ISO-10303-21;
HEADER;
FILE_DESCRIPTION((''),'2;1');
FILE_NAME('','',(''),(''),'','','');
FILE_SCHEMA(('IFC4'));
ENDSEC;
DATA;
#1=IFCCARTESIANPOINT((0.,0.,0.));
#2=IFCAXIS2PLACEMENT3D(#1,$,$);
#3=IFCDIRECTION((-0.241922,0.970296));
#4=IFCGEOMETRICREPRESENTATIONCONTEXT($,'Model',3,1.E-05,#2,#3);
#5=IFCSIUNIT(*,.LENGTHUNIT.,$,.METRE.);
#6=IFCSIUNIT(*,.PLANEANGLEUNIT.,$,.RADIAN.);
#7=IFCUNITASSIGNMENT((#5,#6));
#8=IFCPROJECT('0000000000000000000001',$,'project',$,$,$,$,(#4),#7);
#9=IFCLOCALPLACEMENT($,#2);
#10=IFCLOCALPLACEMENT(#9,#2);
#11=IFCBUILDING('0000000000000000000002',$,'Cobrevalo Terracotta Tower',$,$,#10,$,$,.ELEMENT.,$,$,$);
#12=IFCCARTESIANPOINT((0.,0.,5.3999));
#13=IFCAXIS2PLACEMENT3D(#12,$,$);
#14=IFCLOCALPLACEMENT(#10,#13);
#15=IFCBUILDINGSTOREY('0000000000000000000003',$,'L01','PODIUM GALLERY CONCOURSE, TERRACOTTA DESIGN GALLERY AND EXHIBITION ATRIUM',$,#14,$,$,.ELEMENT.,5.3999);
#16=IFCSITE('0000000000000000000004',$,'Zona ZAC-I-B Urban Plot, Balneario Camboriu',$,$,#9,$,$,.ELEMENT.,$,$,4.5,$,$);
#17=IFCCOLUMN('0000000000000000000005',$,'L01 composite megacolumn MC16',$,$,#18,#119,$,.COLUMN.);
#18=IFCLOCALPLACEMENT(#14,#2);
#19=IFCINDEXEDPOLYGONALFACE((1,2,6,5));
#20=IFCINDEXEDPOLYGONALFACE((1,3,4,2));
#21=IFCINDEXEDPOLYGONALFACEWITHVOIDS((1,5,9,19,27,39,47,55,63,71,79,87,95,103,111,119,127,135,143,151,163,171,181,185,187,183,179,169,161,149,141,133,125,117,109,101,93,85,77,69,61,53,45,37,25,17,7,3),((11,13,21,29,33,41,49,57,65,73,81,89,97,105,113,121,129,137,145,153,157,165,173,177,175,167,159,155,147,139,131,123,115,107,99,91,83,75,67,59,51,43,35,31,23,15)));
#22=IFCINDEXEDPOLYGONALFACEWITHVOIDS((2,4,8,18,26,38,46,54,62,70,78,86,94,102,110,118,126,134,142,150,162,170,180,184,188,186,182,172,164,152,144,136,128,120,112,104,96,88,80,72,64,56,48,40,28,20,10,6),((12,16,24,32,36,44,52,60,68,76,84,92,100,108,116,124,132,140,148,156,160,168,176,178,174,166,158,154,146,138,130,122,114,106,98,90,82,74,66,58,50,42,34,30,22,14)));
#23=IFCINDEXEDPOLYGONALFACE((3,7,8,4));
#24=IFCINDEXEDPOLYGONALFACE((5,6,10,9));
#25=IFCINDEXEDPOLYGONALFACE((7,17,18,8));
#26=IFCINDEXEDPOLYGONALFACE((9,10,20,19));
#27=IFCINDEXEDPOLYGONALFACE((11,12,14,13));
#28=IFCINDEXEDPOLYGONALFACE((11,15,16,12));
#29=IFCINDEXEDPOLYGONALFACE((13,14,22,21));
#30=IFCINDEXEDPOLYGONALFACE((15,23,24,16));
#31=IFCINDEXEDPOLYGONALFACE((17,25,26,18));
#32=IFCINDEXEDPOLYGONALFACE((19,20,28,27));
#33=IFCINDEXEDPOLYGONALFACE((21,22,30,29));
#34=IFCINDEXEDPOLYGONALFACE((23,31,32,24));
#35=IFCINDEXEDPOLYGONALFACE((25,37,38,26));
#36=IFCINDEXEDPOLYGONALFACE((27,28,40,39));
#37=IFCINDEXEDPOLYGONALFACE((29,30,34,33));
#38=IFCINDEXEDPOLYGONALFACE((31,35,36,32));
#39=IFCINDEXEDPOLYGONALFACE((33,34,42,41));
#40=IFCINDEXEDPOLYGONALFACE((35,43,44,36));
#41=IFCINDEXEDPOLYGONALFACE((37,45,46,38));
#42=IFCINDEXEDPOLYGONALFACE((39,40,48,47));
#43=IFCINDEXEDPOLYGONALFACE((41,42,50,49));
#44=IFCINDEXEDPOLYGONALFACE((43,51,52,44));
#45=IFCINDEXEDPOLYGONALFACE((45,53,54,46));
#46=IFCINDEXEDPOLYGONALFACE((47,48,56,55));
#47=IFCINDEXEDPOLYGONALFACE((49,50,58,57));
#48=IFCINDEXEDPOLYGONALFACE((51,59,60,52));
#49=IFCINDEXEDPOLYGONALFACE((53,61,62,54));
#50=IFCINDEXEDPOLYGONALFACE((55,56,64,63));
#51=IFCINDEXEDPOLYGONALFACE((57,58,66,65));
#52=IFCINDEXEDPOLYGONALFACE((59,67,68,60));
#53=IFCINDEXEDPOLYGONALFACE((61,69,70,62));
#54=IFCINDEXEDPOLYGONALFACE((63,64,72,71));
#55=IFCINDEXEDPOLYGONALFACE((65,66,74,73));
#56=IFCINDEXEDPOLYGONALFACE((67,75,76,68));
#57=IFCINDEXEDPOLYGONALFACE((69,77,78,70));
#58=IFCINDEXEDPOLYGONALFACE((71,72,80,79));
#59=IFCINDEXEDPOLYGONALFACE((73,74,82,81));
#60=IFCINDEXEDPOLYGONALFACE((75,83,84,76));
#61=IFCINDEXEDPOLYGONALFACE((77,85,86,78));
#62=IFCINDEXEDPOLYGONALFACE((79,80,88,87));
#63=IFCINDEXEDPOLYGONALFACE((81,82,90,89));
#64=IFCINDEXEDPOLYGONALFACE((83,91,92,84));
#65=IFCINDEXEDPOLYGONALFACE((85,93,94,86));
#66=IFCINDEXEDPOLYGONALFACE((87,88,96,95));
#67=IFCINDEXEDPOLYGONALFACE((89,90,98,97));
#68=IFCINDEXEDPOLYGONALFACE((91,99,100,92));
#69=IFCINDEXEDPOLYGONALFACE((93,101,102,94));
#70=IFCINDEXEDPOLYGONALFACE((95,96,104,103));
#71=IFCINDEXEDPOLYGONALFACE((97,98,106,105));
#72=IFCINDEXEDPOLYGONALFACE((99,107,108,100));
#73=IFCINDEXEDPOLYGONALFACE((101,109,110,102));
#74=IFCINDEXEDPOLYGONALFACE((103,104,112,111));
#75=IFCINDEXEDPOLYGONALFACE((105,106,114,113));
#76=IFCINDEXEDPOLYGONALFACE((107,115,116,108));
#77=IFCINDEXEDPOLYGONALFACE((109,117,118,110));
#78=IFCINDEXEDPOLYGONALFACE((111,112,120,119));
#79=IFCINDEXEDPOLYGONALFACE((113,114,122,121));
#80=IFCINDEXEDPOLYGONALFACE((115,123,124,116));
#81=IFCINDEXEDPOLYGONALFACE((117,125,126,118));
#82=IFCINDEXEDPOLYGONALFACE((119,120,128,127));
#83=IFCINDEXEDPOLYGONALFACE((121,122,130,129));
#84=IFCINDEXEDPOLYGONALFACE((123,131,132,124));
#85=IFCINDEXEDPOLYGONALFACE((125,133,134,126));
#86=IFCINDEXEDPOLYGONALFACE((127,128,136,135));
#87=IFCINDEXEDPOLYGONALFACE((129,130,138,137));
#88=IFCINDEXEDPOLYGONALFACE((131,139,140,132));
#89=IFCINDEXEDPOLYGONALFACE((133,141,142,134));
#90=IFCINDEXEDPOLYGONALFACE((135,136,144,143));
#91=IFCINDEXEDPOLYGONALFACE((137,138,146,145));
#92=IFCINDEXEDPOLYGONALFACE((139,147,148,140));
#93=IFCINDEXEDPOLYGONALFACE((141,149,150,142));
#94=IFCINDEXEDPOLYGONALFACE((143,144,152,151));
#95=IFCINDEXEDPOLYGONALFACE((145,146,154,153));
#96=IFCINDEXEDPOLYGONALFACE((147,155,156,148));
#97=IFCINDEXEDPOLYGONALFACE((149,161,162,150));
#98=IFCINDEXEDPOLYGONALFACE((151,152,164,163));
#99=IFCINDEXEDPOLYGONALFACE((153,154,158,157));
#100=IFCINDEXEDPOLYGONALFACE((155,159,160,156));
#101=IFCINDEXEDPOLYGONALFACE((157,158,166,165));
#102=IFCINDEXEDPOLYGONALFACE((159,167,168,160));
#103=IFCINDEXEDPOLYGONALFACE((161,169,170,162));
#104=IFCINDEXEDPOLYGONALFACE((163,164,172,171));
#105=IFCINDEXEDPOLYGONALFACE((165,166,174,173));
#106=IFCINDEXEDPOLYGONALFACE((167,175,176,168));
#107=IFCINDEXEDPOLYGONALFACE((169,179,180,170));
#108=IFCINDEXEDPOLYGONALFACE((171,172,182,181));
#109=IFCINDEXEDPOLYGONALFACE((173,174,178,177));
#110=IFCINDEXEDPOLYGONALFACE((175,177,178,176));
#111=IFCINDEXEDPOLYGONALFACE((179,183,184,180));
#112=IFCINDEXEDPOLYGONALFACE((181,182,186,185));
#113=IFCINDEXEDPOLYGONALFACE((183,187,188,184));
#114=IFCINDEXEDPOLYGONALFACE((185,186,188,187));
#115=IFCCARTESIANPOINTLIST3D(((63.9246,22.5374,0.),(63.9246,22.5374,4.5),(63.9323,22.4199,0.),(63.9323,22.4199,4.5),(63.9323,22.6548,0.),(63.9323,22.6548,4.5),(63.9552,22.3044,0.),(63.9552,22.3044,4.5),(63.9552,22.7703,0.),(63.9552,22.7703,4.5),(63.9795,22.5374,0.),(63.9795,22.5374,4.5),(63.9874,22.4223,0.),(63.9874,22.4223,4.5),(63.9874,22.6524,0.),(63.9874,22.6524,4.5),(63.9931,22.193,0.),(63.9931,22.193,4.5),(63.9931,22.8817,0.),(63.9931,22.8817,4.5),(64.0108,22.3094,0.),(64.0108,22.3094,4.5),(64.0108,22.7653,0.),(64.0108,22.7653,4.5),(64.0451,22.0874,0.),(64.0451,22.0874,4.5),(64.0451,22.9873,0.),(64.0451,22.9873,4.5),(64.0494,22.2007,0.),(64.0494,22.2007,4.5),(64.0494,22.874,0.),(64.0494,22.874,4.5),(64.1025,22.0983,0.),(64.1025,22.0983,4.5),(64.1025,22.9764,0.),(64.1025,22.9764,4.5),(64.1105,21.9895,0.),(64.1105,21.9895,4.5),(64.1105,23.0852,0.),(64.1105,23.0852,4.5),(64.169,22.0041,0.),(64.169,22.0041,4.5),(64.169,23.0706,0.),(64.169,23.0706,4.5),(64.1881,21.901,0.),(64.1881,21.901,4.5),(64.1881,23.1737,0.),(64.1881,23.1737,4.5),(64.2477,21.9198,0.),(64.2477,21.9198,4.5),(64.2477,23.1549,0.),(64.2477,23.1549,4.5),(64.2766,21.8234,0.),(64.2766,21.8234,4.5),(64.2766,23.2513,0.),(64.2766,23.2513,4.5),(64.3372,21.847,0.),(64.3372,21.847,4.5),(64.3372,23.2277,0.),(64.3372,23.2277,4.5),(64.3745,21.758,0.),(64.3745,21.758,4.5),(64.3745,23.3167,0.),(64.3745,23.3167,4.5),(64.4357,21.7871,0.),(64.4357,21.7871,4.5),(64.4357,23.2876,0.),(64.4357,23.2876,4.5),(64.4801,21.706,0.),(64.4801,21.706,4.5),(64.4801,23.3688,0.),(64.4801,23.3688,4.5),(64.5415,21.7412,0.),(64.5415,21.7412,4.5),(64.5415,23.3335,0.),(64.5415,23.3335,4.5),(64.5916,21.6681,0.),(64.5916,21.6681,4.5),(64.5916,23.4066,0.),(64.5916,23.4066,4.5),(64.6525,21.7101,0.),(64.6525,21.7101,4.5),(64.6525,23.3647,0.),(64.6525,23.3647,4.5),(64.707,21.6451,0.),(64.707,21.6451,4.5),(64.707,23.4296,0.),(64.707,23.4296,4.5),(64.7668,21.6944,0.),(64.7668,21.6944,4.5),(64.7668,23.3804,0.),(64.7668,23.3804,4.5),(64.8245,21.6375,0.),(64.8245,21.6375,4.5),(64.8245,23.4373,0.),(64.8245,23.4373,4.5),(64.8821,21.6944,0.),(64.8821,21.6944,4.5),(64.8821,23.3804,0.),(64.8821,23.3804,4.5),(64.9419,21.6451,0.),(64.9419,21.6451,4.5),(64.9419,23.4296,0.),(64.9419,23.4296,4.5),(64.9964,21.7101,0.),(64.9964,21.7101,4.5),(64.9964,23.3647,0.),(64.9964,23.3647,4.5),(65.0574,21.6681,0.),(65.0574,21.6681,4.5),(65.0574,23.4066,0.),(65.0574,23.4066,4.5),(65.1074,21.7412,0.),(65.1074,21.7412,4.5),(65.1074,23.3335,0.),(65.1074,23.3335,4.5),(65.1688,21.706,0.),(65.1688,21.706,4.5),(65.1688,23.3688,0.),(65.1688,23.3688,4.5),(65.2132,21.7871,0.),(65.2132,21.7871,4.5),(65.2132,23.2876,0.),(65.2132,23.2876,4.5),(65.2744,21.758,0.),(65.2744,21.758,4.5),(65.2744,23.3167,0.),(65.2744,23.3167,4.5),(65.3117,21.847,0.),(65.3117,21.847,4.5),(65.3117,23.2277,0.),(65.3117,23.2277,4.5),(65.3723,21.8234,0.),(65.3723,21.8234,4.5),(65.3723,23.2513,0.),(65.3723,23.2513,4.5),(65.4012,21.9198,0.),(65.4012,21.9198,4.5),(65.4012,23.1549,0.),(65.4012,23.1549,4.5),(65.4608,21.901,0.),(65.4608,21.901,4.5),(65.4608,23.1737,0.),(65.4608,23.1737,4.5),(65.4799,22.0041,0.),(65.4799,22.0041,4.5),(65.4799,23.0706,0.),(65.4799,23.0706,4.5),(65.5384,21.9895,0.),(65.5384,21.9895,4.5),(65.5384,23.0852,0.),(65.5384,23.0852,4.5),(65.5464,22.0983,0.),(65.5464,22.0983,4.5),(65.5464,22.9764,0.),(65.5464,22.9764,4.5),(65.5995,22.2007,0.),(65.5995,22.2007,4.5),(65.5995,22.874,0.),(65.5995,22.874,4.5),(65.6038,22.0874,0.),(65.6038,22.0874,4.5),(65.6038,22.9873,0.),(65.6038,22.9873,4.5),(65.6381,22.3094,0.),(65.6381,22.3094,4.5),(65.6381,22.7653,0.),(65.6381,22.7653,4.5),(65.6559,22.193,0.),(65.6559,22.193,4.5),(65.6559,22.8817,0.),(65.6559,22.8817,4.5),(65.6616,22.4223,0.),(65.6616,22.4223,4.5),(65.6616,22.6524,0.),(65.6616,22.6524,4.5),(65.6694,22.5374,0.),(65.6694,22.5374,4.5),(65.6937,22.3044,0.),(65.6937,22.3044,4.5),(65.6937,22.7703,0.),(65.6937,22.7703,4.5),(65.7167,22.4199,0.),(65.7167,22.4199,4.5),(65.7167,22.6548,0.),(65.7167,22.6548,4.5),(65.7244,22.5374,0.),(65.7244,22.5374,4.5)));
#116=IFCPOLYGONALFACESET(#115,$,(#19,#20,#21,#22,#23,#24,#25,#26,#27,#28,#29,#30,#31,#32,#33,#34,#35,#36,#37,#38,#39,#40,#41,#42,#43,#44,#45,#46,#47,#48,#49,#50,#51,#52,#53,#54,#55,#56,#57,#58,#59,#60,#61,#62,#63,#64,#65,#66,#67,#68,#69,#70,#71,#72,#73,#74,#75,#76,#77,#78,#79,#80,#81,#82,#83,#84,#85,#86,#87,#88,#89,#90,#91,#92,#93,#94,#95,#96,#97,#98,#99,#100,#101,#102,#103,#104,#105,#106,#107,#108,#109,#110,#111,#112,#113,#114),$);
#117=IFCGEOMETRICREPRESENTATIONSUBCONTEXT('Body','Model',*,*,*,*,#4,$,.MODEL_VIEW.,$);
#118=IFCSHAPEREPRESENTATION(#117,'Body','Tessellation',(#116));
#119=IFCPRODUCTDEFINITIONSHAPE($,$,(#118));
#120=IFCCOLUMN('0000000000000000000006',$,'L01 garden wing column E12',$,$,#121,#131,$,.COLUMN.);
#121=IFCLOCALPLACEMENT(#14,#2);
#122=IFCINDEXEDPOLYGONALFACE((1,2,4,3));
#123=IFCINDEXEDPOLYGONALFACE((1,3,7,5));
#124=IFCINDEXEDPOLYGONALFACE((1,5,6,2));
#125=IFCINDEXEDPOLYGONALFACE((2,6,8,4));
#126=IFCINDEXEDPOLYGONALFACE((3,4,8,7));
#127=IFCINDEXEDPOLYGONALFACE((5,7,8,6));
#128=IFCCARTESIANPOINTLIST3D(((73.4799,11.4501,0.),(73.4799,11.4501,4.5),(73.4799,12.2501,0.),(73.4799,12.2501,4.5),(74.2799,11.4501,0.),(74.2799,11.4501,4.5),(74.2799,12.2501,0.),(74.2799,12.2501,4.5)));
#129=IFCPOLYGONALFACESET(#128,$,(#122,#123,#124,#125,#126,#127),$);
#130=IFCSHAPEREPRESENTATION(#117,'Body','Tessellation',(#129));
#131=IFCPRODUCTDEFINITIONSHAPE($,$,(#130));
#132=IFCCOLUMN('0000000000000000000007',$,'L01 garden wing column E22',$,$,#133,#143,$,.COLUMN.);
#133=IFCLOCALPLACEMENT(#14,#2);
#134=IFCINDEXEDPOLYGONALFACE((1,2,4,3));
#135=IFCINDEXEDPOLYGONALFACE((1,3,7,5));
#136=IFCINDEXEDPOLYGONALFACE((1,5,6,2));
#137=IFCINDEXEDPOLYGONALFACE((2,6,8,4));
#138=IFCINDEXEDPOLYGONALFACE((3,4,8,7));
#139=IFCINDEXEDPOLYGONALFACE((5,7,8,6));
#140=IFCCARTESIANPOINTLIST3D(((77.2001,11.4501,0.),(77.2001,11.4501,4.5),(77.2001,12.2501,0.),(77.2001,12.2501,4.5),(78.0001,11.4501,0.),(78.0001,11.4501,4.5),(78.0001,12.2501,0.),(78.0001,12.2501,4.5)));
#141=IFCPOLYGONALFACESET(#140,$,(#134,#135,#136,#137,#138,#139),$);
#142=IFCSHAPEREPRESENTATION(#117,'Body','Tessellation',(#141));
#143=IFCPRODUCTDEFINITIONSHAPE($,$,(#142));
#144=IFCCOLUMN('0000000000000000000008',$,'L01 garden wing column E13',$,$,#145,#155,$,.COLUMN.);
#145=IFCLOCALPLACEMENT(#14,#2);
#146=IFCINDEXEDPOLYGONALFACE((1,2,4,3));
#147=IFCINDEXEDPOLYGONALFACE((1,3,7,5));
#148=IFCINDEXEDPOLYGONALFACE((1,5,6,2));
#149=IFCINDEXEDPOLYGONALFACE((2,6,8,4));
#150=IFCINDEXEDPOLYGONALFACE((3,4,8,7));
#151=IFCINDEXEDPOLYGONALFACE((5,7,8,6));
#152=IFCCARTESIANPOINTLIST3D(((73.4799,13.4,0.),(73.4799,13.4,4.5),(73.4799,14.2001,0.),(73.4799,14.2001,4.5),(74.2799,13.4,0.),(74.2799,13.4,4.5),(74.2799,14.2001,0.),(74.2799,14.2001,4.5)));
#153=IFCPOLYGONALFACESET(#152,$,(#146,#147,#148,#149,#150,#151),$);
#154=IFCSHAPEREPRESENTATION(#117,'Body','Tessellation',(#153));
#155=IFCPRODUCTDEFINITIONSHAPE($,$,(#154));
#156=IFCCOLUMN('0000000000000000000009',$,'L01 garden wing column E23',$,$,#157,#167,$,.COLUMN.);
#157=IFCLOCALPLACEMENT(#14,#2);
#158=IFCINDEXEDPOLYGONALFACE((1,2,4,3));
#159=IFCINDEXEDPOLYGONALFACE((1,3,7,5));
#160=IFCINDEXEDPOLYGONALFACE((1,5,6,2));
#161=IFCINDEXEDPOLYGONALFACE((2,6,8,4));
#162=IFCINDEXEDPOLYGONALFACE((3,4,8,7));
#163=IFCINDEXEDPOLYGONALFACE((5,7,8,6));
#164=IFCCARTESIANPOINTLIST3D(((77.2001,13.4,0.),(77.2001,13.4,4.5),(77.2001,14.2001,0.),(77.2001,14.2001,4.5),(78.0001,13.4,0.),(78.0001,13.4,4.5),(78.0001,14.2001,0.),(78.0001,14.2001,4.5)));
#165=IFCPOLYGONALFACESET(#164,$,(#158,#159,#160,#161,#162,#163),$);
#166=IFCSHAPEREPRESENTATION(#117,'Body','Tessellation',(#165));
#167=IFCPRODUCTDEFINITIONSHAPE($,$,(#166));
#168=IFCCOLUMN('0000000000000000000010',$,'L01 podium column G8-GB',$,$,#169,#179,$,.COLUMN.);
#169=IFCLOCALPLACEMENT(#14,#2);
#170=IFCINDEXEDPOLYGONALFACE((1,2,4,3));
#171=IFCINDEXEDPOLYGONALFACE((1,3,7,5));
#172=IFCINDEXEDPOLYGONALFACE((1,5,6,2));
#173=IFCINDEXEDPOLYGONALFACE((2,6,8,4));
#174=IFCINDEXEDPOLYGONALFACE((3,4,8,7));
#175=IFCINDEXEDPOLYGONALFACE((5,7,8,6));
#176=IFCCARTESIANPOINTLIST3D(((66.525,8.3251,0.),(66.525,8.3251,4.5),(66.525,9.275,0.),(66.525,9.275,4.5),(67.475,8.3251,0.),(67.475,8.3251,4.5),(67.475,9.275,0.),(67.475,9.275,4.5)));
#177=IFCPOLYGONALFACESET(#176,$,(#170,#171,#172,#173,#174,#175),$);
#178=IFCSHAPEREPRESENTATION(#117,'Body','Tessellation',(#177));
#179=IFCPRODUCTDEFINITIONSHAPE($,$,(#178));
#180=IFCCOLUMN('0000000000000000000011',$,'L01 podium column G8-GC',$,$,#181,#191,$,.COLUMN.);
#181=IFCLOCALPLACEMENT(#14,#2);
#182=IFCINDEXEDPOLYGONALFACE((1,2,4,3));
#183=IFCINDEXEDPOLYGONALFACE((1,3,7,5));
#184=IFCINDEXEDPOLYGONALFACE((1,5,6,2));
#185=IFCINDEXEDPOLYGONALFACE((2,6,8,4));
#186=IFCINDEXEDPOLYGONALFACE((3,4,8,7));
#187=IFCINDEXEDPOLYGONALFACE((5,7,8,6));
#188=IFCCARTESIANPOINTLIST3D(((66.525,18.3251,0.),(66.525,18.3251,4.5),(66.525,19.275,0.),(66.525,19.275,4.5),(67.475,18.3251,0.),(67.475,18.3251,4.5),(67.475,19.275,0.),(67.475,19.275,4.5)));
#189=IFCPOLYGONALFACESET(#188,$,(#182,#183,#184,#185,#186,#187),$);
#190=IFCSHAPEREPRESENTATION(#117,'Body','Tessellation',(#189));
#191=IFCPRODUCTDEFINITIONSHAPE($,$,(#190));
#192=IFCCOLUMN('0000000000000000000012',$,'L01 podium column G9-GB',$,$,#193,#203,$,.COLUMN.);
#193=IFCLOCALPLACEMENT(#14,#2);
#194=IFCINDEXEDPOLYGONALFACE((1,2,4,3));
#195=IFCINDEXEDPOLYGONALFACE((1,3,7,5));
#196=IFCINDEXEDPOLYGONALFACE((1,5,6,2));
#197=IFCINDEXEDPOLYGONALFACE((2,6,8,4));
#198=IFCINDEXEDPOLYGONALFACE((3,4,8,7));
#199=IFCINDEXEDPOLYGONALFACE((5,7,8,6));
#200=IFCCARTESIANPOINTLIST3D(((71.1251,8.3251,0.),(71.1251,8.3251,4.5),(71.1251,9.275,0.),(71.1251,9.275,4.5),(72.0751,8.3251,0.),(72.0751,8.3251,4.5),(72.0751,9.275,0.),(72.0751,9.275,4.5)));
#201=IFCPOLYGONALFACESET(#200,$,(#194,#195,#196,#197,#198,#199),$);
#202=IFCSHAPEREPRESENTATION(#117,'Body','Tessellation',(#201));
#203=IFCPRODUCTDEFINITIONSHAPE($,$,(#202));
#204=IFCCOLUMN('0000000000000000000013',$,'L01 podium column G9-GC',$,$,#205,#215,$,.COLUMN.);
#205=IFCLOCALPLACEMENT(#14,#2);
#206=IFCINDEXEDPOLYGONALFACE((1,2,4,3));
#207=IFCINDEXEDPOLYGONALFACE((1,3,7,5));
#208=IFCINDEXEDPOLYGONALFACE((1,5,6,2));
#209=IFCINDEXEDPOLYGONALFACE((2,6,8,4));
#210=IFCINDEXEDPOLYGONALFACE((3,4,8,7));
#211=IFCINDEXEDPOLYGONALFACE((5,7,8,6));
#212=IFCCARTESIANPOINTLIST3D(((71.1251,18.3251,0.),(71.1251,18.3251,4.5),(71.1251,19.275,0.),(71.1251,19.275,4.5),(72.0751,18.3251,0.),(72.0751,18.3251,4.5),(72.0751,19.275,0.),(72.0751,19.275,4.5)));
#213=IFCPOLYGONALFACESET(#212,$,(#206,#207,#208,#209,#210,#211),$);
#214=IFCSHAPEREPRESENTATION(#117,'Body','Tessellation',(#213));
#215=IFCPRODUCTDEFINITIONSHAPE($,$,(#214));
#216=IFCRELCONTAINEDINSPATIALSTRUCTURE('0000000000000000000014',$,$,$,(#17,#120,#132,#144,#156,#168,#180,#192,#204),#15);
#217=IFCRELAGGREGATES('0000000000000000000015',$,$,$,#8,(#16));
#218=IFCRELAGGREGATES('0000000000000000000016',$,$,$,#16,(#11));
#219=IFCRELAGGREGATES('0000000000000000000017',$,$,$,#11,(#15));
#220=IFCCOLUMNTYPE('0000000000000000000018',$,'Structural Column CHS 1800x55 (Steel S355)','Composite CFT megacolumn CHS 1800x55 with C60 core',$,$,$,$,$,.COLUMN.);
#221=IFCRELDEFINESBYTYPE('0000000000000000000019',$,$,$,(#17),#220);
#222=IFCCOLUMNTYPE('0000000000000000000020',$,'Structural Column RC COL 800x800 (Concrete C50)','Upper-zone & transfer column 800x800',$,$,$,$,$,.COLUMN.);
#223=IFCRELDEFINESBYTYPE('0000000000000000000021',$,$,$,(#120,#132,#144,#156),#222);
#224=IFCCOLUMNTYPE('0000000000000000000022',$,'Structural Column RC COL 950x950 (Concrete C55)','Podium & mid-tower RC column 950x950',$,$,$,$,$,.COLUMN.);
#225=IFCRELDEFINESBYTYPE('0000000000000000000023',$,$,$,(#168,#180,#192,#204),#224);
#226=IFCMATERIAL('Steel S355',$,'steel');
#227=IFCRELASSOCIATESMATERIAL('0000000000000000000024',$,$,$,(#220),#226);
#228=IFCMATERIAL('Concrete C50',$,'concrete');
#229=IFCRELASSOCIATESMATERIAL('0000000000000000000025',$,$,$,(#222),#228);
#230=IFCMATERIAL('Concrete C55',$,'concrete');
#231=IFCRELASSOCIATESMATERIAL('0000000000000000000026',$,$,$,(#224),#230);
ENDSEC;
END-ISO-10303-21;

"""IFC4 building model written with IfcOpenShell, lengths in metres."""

from ifc_helpers import new_model, si_unit, direction, frame, origin, origin_2d, place, context, subcontext, project, spatial, rectangle, hollow_circle, extrude, material, material_profile, profile_set, type_object, element, save


model = new_model("IFC4")

# Units and contexts
model_context = context("Model", 3, precision=1e-05, world=origin(), true_north=direction((-0.241922, 0.970296)))
body_context = subcontext(model_context, "Body", "Model", "MODEL_VIEW")
ifc_project = project(units=[si_unit("LENGTHUNIT", "METRE"), si_unit("PLANEANGLEUNIT", "RADIAN")], contexts=[model_context])

# Site, building, storey
site_placement = place(None, origin())
site = spatial("IfcSite", under=ifc_project, at=site_placement, Name="Zona ZAC-I-B Urban Plot, Balneario Camboriu", CompositionType="ELEMENT", RefElevation=4.5)
building_placement = place(site_placement, origin())
building = spatial("IfcBuilding", under=site, at=building_placement, Name="Cobrevalo Terracotta Tower", CompositionType="ELEMENT")
storey_placement = place(building_placement, frame((0.0, 0.0, 5.3999)))
storey = spatial("IfcBuildingStorey", under=building, at=storey_placement, Name="L01", Description="PODIUM GALLERY CONCOURSE, TERRACOTTA DESIGN GALLERY AND EXHIBITION ATRIUM", CompositionType="ELEMENT", Elevation=5.3999)

# Columns
ifc_material_1 = material(Name="Steel S355", Category="steel")
ifc_material_profile_1 = material_profile(ifc_material_1, hollow_circle(Radius=0.8999, WallThickness=0.0549, at=origin_2d()), Name="CHS 1800x55")
ifc_profile_set_1 = profile_set([ifc_material_profile_1], Name="Steel S355")
column_type_1 = type_object("IfcColumnType", Name="Structural Column CHS 1800x55 (Steel S355)", Description="Composite CFT megacolumn CHS 1800x55 with C60 core", PredefinedType="COLUMN", material=ifc_profile_set_1)
for number, where, z_axis, x_axis, name in (
    (1, (64.8245, 22.5374, 0.0), (0.0, 0.0, 1.0), (1.0, 0.0, 0.0), "L01 composite megacolumn MC16"),
):
    element("IfcColumn", number, at=place(storey_placement, frame(where, z_axis=z_axis, x_axis=x_axis)), inside=storey, type_object=column_type_1, Name=name, PredefinedType="COLUMN", context=body_context, shape_type="SweptSolid", body=[
        extrude(hollow_circle(Radius=0.8999, WallThickness=0.0549, at=origin_2d()), origin(), (0.0, 0.0, 1.0), 4.5),
    ])
ifc_material_2 = material(Name="Concrete C50", Category="concrete")
ifc_material_profile_2 = material_profile(ifc_material_2, rectangle(XDim=0.8, YDim=0.8, at=origin_2d()), Name="RC COL 800x800")
ifc_profile_set_2 = profile_set([ifc_material_profile_2], Name="Concrete C50")
column_type_2 = type_object("IfcColumnType", Name="Structural Column RC COL 800x800 (Concrete C50)", Description="Upper-zone & transfer column 800x800", PredefinedType="COLUMN", material=ifc_profile_set_2)
for number, where, z_axis, x_axis, name in (
    (2, (73.8799, 11.8501, 0.0), (0.0, 0.0, 1.0), (1.0, 0.0, 0.0), "L01 garden wing column E12"),
    (3, (77.6001, 11.8501, 0.0), (0.0, 0.0, 1.0), (1.0, 0.0, 0.0), "L01 garden wing column E22"),
    (4, (73.8799, 13.8, 0.0), (0.0, 0.0, 1.0), (1.0, 0.0, 0.0), "L01 garden wing column E13"),
    (5, (77.6001, 13.8, 0.0), (0.0, 0.0, 1.0), (1.0, 0.0, 0.0), "L01 garden wing column E23"),
):
    element("IfcColumn", number, at=place(storey_placement, frame(where, z_axis=z_axis, x_axis=x_axis)), inside=storey, type_object=column_type_2, Name=name, PredefinedType="COLUMN", context=body_context, shape_type="SweptSolid", body=[
        extrude(rectangle(XDim=0.8, YDim=0.8, at=origin_2d()), origin(), (0.0, 0.0, 1.0), 4.5),
    ])
ifc_material_3 = material(Name="Concrete C55", Category="concrete")
ifc_material_profile_3 = material_profile(ifc_material_3, rectangle(XDim=0.95, YDim=0.95, at=origin_2d()), Name="RC COL 950x950")
ifc_profile_set_3 = profile_set([ifc_material_profile_3], Name="Concrete C55")
column_type_3 = type_object("IfcColumnType", Name="Structural Column RC COL 950x950 (Concrete C55)", Description="Podium & mid-tower RC column 950x950", PredefinedType="COLUMN", material=ifc_profile_set_3)
for number, where, z_axis, x_axis, name in (
    (6, (67.0, 8.8, 0.0), (0.0, 0.0, 1.0), (1.0, 0.0, 0.0), "L01 podium column G8-GB"),
    (7, (67.0, 18.8, 0.0), (0.0, 0.0, 1.0), (1.0, 0.0, 0.0), "L01 podium column G8-GC"),
    (8, (71.6001, 8.8, 0.0), (0.0, 0.0, 1.0), (1.0, 0.0, 0.0), "L01 podium column G9-GB"),
    (9, (71.6001, 18.8, 0.0), (0.0, 0.0, 1.0), (1.0, 0.0, 0.0), "L01 podium column G9-GC"),
):
    element("IfcColumn", number, at=place(storey_placement, frame(where, z_axis=z_axis, x_axis=x_axis)), inside=storey, type_object=column_type_3, Name=name, PredefinedType="COLUMN", context=body_context, shape_type="SweptSolid", body=[
        extrude(rectangle(XDim=0.95, YDim=0.95, at=origin_2d()), origin(), (0.0, 0.0, 1.0), 4.5),
    ])

save(model, "model.ifc")
